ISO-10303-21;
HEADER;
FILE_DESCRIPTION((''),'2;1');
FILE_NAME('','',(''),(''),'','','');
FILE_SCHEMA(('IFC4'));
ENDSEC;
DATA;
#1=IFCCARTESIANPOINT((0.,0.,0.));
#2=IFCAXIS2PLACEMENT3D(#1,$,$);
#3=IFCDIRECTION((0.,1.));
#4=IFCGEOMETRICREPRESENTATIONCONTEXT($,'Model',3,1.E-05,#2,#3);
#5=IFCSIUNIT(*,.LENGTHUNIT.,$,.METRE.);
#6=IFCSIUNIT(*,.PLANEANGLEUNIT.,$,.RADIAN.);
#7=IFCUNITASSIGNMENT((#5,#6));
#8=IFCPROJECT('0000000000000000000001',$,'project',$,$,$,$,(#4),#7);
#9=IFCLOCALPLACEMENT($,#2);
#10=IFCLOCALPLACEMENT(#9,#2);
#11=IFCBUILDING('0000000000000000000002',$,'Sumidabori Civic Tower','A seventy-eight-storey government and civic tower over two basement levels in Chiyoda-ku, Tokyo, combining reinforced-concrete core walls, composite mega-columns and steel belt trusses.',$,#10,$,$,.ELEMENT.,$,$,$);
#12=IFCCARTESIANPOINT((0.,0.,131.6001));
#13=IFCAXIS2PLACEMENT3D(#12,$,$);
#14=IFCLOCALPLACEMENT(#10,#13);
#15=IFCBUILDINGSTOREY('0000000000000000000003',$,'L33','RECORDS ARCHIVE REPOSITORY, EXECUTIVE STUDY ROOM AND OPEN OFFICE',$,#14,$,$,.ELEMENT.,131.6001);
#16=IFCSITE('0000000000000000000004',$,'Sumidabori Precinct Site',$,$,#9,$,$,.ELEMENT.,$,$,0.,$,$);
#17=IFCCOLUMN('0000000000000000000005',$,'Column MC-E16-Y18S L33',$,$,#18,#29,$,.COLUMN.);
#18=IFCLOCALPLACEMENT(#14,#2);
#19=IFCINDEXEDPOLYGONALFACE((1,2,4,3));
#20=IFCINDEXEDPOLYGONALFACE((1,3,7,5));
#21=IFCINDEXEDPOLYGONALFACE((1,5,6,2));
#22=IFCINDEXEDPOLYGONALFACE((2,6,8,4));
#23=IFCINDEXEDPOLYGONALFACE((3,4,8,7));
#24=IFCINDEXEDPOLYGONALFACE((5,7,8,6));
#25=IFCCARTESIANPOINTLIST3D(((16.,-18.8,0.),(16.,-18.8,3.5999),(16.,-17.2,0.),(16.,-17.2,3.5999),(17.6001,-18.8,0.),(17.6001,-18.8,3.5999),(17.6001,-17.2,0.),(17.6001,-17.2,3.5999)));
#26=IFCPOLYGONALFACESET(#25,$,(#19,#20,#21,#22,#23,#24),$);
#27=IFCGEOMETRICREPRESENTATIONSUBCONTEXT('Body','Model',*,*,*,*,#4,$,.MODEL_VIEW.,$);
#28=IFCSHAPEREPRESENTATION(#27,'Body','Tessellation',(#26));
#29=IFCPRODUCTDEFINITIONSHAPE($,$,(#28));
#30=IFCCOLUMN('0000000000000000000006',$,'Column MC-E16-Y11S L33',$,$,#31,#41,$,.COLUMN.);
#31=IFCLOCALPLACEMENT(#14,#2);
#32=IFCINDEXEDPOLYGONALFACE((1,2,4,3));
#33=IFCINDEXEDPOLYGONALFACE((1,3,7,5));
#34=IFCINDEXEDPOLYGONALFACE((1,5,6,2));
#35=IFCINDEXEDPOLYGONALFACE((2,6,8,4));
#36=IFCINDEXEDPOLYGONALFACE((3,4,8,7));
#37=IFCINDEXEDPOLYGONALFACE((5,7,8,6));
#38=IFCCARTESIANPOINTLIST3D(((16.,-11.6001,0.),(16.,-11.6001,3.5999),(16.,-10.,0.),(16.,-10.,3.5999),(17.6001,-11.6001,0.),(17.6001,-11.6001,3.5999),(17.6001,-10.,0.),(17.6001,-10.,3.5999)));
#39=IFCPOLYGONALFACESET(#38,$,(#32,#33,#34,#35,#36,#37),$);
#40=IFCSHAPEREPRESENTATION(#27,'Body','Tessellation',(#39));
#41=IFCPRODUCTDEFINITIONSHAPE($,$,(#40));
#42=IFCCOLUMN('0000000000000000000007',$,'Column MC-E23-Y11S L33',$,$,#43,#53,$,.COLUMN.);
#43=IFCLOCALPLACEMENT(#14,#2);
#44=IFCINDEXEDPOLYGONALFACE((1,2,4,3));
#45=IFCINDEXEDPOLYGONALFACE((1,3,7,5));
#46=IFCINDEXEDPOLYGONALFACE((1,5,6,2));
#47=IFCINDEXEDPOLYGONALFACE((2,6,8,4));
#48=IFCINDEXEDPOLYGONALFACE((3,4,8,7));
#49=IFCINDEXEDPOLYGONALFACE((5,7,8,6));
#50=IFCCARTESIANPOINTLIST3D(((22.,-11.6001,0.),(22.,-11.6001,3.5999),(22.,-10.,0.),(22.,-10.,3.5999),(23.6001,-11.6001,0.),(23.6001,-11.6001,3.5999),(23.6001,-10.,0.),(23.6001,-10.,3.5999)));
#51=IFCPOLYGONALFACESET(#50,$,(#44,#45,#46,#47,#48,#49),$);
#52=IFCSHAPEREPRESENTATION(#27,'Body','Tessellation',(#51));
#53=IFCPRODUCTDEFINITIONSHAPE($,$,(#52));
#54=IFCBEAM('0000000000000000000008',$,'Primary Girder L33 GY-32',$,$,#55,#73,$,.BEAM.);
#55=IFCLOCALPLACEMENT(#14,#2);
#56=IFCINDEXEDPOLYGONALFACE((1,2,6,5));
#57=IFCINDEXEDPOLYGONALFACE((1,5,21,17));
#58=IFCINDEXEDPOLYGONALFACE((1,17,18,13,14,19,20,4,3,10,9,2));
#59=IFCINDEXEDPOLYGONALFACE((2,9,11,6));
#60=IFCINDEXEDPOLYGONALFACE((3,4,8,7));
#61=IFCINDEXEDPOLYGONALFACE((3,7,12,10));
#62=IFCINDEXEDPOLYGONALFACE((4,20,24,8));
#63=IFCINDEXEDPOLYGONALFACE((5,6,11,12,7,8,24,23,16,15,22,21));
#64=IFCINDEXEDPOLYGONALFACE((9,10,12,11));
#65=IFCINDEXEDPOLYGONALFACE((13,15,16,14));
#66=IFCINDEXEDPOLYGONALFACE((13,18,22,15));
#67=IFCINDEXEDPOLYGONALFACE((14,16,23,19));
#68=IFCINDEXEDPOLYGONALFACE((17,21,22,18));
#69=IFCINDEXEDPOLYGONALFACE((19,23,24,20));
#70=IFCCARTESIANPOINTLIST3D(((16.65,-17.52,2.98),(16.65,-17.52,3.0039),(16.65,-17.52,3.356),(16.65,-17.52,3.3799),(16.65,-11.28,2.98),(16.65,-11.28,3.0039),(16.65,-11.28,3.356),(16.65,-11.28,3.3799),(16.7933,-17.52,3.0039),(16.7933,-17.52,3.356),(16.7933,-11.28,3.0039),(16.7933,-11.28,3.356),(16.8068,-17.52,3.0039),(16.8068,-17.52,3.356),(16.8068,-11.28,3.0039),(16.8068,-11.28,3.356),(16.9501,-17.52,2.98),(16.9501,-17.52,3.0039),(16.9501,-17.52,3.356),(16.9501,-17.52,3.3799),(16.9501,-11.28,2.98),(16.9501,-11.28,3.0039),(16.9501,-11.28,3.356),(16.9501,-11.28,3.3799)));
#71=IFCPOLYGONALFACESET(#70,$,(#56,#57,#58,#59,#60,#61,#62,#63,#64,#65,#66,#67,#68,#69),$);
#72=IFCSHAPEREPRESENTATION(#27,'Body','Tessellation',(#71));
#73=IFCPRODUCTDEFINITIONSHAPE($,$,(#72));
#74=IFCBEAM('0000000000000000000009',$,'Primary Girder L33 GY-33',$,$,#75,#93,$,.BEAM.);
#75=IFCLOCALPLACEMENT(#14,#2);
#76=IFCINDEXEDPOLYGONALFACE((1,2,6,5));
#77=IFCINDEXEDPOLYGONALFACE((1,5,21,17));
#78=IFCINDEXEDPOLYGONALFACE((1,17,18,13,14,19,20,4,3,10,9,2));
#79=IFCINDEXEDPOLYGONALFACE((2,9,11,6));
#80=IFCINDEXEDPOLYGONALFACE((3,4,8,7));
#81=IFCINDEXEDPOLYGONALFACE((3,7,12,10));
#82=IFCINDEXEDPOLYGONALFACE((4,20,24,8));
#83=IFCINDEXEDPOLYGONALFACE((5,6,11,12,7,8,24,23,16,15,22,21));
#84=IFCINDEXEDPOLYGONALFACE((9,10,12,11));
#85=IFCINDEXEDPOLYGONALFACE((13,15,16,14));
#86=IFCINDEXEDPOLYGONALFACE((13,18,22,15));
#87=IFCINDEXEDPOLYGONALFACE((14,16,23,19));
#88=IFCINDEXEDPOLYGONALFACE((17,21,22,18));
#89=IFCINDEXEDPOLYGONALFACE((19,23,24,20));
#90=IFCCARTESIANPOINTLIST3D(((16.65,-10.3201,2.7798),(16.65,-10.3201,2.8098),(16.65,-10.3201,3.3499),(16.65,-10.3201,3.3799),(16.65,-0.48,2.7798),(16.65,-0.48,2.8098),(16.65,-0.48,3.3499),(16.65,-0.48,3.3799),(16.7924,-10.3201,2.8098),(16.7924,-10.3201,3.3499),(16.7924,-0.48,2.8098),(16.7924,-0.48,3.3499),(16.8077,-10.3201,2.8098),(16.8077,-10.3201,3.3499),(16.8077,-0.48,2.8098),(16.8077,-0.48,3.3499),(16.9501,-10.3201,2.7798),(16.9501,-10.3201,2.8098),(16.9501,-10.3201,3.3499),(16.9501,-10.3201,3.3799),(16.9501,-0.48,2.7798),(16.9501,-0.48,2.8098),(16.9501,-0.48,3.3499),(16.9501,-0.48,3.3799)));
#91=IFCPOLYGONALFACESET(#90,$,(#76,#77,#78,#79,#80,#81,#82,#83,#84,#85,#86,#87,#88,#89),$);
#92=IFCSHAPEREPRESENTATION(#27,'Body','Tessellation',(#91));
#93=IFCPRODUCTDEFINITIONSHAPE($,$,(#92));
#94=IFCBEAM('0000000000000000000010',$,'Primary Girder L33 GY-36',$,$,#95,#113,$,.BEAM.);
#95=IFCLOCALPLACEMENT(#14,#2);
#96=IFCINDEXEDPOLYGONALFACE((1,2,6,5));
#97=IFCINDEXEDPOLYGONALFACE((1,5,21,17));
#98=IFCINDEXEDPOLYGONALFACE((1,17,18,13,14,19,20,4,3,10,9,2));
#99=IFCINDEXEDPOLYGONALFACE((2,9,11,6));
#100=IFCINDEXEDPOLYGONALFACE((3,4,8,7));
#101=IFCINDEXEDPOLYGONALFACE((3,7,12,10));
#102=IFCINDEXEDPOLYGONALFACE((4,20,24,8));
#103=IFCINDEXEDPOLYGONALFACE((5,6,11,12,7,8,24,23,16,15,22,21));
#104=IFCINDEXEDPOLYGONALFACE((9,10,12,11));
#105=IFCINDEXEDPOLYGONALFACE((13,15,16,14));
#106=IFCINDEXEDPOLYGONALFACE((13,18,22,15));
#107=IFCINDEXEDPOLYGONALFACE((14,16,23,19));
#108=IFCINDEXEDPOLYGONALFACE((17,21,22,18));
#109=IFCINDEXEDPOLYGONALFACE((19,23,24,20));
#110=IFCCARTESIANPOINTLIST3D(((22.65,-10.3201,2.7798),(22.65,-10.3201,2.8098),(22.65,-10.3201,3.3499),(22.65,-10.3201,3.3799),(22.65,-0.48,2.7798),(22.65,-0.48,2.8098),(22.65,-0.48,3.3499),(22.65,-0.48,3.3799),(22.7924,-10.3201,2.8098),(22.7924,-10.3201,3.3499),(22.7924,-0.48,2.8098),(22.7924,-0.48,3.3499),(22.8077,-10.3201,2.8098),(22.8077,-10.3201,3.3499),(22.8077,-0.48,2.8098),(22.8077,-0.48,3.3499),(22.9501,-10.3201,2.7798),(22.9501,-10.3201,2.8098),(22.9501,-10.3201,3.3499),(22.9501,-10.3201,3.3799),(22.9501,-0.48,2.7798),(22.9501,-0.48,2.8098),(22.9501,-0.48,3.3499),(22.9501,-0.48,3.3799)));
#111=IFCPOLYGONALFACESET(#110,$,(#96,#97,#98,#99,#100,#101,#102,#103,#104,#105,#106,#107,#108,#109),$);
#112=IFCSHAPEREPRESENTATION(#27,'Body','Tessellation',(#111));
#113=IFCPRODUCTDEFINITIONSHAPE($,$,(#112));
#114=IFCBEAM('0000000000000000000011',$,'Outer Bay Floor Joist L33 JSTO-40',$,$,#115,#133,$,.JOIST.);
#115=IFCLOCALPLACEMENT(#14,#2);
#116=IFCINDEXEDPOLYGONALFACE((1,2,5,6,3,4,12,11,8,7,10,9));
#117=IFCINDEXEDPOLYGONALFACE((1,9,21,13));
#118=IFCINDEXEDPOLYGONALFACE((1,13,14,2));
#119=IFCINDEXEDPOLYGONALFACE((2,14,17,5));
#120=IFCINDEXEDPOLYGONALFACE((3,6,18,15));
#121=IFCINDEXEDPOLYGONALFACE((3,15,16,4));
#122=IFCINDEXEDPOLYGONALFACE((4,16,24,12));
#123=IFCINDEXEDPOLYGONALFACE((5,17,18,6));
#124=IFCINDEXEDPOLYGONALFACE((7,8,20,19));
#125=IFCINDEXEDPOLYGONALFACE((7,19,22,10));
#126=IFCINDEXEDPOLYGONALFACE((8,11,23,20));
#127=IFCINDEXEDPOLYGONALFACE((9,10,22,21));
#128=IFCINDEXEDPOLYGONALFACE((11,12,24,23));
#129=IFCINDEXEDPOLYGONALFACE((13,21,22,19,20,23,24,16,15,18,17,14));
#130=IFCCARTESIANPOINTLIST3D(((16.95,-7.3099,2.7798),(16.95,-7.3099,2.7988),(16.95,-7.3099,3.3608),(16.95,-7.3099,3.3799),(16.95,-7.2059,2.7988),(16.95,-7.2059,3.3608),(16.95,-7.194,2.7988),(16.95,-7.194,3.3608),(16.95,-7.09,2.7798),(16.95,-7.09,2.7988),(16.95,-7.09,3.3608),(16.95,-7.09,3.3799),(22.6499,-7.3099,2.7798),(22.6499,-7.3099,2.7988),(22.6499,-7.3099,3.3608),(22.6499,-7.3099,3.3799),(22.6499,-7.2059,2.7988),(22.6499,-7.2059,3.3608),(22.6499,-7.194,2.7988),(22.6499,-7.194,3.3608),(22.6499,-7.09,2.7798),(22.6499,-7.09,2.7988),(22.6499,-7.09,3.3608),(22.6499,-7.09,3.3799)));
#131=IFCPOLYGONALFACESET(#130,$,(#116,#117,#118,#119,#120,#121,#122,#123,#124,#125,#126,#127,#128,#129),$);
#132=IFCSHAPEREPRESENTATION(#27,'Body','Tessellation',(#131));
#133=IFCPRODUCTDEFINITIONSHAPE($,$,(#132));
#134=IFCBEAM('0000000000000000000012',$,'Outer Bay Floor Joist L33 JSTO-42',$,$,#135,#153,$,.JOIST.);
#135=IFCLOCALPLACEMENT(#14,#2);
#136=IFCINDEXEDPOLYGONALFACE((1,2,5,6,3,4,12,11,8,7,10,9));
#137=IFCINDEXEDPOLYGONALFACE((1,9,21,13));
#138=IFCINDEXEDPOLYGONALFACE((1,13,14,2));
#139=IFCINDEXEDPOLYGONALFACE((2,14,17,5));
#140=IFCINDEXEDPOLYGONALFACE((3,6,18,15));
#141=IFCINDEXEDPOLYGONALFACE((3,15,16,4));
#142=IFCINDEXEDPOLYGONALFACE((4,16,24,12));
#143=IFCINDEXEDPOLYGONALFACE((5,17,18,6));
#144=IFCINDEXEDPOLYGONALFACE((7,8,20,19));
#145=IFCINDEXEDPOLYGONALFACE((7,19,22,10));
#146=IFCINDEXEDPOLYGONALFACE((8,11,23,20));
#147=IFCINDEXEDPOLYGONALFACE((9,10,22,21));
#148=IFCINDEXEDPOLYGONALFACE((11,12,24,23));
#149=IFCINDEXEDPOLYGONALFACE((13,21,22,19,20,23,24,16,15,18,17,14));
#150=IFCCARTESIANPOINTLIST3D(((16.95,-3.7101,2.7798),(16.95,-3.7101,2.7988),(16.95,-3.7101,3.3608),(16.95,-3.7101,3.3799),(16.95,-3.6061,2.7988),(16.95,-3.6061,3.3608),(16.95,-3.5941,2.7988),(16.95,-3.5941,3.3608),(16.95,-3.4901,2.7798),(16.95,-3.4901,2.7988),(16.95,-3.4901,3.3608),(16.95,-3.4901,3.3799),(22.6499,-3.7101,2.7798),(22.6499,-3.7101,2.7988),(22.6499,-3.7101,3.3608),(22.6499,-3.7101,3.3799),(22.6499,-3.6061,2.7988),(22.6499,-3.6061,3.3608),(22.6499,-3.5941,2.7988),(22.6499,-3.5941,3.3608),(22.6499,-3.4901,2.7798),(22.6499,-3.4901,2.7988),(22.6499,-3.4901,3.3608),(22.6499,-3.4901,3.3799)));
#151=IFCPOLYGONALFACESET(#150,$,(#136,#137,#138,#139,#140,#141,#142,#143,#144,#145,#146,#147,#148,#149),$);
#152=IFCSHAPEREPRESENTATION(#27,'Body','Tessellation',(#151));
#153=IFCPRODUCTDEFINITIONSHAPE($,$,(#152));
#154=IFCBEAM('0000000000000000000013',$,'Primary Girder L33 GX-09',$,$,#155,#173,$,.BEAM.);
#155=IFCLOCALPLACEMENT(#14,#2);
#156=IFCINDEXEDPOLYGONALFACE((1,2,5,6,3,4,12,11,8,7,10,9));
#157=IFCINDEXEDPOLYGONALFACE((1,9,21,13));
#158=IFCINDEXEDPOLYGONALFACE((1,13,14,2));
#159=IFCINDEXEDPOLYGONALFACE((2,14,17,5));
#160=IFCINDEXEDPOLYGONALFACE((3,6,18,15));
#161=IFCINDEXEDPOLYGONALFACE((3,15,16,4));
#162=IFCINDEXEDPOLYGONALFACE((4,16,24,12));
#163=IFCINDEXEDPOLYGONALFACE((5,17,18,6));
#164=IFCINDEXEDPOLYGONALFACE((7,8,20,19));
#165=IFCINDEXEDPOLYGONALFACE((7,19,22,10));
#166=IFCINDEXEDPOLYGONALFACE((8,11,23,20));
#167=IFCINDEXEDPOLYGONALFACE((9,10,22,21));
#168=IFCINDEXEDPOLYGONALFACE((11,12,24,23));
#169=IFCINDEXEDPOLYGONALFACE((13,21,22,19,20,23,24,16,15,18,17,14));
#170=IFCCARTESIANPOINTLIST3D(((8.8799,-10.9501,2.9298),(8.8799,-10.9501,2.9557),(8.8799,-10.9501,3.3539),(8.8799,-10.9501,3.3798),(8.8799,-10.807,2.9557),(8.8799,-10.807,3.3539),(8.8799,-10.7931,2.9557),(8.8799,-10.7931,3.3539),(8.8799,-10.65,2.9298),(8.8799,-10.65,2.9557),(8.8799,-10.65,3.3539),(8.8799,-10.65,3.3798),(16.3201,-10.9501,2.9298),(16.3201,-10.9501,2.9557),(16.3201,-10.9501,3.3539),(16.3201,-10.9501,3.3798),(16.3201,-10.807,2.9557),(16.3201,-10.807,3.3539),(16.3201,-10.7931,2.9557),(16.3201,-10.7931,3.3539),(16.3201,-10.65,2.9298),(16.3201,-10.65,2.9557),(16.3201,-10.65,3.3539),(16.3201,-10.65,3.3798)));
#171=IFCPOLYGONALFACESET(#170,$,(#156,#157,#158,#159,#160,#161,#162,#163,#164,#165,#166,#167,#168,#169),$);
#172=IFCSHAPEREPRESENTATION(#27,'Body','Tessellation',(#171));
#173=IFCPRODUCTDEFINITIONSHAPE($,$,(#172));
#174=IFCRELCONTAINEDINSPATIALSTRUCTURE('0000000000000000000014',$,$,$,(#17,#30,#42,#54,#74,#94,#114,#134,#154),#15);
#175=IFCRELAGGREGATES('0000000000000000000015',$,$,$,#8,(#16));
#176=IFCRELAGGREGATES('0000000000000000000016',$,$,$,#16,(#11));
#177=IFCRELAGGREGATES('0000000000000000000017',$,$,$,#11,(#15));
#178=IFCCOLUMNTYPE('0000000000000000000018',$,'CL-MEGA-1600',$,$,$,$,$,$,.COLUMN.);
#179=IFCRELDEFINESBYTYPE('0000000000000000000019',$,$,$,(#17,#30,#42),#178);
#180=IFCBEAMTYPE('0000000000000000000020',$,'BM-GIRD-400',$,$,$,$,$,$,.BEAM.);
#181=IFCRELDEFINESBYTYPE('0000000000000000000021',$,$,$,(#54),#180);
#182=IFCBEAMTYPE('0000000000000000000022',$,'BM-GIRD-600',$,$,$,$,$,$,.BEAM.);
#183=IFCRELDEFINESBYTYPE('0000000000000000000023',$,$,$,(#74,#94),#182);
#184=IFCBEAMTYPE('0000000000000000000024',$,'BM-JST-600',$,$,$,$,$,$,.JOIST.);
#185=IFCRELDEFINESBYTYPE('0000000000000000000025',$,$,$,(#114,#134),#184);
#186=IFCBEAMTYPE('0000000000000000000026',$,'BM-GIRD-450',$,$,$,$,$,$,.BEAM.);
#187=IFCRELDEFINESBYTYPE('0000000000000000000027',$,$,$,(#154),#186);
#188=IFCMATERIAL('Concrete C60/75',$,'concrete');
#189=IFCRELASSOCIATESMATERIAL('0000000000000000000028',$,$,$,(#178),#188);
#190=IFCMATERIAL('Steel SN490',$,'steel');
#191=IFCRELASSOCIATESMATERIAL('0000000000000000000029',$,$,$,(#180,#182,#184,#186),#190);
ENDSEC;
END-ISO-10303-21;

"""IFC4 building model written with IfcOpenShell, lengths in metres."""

from ifc_helpers import new_model, si_unit, direction, frame, origin, origin_2d, place, context, subcontext, project, spatial, rectangle, i_section, extrude, source, transform, mapped, material, material_profile, profile_set, type_object, element, save


model = new_model("IFC4")

# Units and contexts
model_context = context("Model", 3, precision=1e-05, world=origin(), true_north=direction((0.0, 1.0)))
body_context = subcontext(model_context, "Body", "Model", "MODEL_VIEW")
ifc_project = project(units=[si_unit("LENGTHUNIT", "METRE"), si_unit("PLANEANGLEUNIT", "RADIAN")], contexts=[model_context])

# Site, building, storey
site_placement = place(None, origin())
site = spatial("IfcSite", under=ifc_project, at=site_placement, Name="Sumidabori Precinct Site", CompositionType="ELEMENT", RefElevation=0.0)
building_placement = place(site_placement, origin())
building = spatial("IfcBuilding", under=site, at=building_placement, Name="Sumidabori Civic Tower", Description="A seventy-eight-storey government and civic tower over two basement levels in Chiyoda-ku, Tokyo, combining reinforced-concrete core walls, composite mega-columns and steel belt trusses.", CompositionType="ELEMENT")
storey_placement = place(building_placement, frame((0.0, 0.0, 131.6001)))
storey = spatial("IfcBuildingStorey", under=building, at=storey_placement, Name="L33", Description="RECORDS ARCHIVE REPOSITORY, EXECUTIVE STUDY ROOM AND OPEN OFFICE", CompositionType="ELEMENT", Elevation=131.6001)

# Columns
ifc_material_1 = material(Name="Concrete C60/75", Category="concrete")
ifc_material_profile_1 = material_profile(ifc_material_1, rectangle(XDim=1.6001, YDim=1.6001, at=origin_2d()), Name="RC 1600x1600")
ifc_profile_set_1 = profile_set([ifc_material_profile_1], Name="Concrete C60/75")
column_type = type_object("IfcColumnType", Name="CL-MEGA-1600", PredefinedType="COLUMN", material=ifc_profile_set_1)
shared_shape_1 = source(origin(), body_context, "Body", "SweptSolid", [
    extrude(rectangle(XDim=1.6001, YDim=1.6001, at=origin_2d()), origin(), (0.0, 0.0, 1.0), 3.5999),
])
for number, where, z_axis, x_axis, name in (
    (1, (16.8, -18.0, 0.0), (0.0, 0.0, 1.0), (1.0, 0.0, 0.0), "Column MC-E16-Y18S L33"),
    (2, (16.8, -10.8, 0.0), (0.0, 0.0, 1.0), (1.0, 0.0, 0.0), "Column MC-E16-Y11S L33"),
    (3, (22.8, -10.8, 0.0), (0.0, 0.0, 1.0), (1.0, 0.0, 0.0), "Column MC-E23-Y11S L33"),
):
    element("IfcColumn", number, at=place(storey_placement, frame(where, z_axis=z_axis, x_axis=x_axis)), inside=storey, type_object=column_type, Name=name, PredefinedType="COLUMN", context=body_context, shape_type="MappedRepresentation", body=[
        mapped(shared_shape_1, transform((0.0, 0.0, 0.0), x_axis=(1.0, 0.0, 0.0), y_axis=(0.0, 1.0, 0.0), z_axis=(0.0, 0.0, 1.0), scale=1.0)),
    ])

# Beams
ifc_material_2 = material(Name="Steel SN490", Category="steel")
ifc_material_profile_2 = material_profile(ifc_material_2, i_section(OverallWidth=0.3, OverallDepth=0.3999, WebThickness=0.0134, FlangeThickness=0.0239, at=origin_2d()), Name="HE 400 B")
ifc_profile_set_2 = profile_set([ifc_material_profile_2], Name="Steel SN490")
beam_type_1 = type_object("IfcBeamType", Name="BM-GIRD-400", PredefinedType="BEAM", material=ifc_profile_set_2)
shared_shape_2 = source(origin(), body_context, "Body", "SweptSolid", [
    extrude(i_section(OverallWidth=0.3, OverallDepth=0.3999, WebThickness=0.0134, FlangeThickness=0.0239, at=origin_2d()), origin(), (0.0, 0.0, 1.0), 6.24),
])
beam_1_placement = place(storey_placement, frame((16.8, -17.52, 3.1799), z_axis=(0.0, 1.0, 0.0), x_axis=(-1.0, 0.0, 0.0)))
element("IfcBeam", 4, at=beam_1_placement, inside=storey, type_object=beam_type_1, Name="Primary Girder L33 GY-32", PredefinedType="BEAM", context=body_context, shape_type="MappedRepresentation", body=[
    mapped(shared_shape_2, transform((0.0, 0.0, 0.0), x_axis=(1.0, 0.0, 0.0), y_axis=(0.0, 1.0, 0.0), z_axis=(0.0, 0.0, 1.0), scale=1.0)),
])
ifc_material_profile_3 = material_profile(ifc_material_2, i_section(OverallWidth=0.3, OverallDepth=0.6001, WebThickness=0.0154, FlangeThickness=0.03, at=origin_2d()), Name="HE 600 B")
ifc_profile_set_3 = profile_set([ifc_material_profile_3], Name="Steel SN490")
beam_type_2 = type_object("IfcBeamType", Name="BM-GIRD-600", PredefinedType="BEAM", material=ifc_profile_set_3)
shared_shape_3 = source(origin(), body_context, "Body", "SweptSolid", [
    extrude(i_section(OverallWidth=0.3, OverallDepth=0.6001, WebThickness=0.0154, FlangeThickness=0.03, at=origin_2d()), origin(), (0.0, 0.0, 1.0), 9.8401),
])
for number, where, z_axis, x_axis, name in (
    (5, (16.8, -10.3201, 3.0798), (0.0, 1.0, 0.0), (-1.0, 0.0, 0.0), "Primary Girder L33 GY-33"),
    (6, (22.8, -10.3201, 3.0798), (0.0, 1.0, 0.0), (-1.0, 0.0, 0.0), "Primary Girder L33 GY-36"),
):
    element("IfcBeam", number, at=place(storey_placement, frame(where, z_axis=z_axis, x_axis=x_axis)), inside=storey, type_object=beam_type_2, Name=name, PredefinedType="BEAM", context=body_context, shape_type="MappedRepresentation", body=[
        mapped(shared_shape_3, transform((0.0, 0.0, 0.0), x_axis=(1.0, 0.0, 0.0), y_axis=(0.0, 1.0, 0.0), z_axis=(0.0, 0.0, 1.0), scale=1.0)),
    ])
ifc_material_profile_4 = material_profile(ifc_material_2, i_section(OverallWidth=0.22, OverallDepth=0.6001, WebThickness=0.012, FlangeThickness=0.019, at=origin_2d()), Name="IPE 600")
ifc_profile_set_4 = profile_set([ifc_material_profile_4], Name="Steel SN490")
beam_type_3 = type_object("IfcBeamType", Name="BM-JST-600", PredefinedType="JOIST", material=ifc_profile_set_4)
shared_shape_4 = source(origin(), body_context, "Body", "SweptSolid", [
    extrude(i_section(OverallWidth=0.22, OverallDepth=0.6001, WebThickness=0.012, FlangeThickness=0.019, at=origin_2d()), origin(), (0.0, 0.0, 1.0), 5.7),
])
for number, where, z_axis, x_axis, name in (
    (7, (16.95, -7.2, 3.0798), (1.0, 0.0, 0.0), (0.0, 1.0, 0.0), "Outer Bay Floor Joist L33 JSTO-40"),
    (8, (16.95, -3.6001, 3.0798), (1.0, 0.0, 0.0), (0.0, 1.0, 0.0), "Outer Bay Floor Joist L33 JSTO-42"),
):
    element("IfcBeam", number, at=place(storey_placement, frame(where, z_axis=z_axis, x_axis=x_axis)), inside=storey, type_object=beam_type_3, Name=name, PredefinedType="JOIST", context=body_context, shape_type="MappedRepresentation", body=[
        mapped(shared_shape_4, transform((0.0, 0.0, 0.0), x_axis=(1.0, 0.0, 0.0), y_axis=(0.0, 1.0, 0.0), z_axis=(0.0, 0.0, 1.0), scale=1.0)),
    ])
ifc_material_profile_5 = material_profile(ifc_material_2, i_section(OverallWidth=0.3, OverallDepth=0.45, WebThickness=0.0139, FlangeThickness=0.0259, at=origin_2d()), Name="HE 450 B")
ifc_profile_set_5 = profile_set([ifc_material_profile_5], Name="Steel SN490")
beam_type_4 = type_object("IfcBeamType", Name="BM-GIRD-450", PredefinedType="BEAM", material=ifc_profile_set_5)
shared_shape_5 = source(origin(), body_context, "Body", "SweptSolid", [
    extrude(i_section(OverallWidth=0.3, OverallDepth=0.45, WebThickness=0.0139, FlangeThickness=0.0259, at=origin_2d()), origin(), (0.0, 0.0, 1.0), 7.4402),
])
for number, where, z_axis, x_axis, name in (
    (9, (8.8799, -10.8, 3.1548), (1.0, 0.0, 0.0), (0.0, 1.0, 0.0), "Primary Girder L33 GX-09"),
):
    element("IfcBeam", number, at=place(storey_placement, frame(where, z_axis=z_axis, x_axis=x_axis)), inside=storey, type_object=beam_type_4, Name=name, PredefinedType="BEAM", context=body_context, shape_type="MappedRepresentation", body=[
        mapped(shared_shape_5, transform((0.0, 0.0, 0.0), x_axis=(1.0, 0.0, 0.0), y_axis=(0.0, 1.0, 0.0), z_axis=(0.0, 0.0, 1.0), scale=1.0)),
    ])

save(model, "model.ifc")
